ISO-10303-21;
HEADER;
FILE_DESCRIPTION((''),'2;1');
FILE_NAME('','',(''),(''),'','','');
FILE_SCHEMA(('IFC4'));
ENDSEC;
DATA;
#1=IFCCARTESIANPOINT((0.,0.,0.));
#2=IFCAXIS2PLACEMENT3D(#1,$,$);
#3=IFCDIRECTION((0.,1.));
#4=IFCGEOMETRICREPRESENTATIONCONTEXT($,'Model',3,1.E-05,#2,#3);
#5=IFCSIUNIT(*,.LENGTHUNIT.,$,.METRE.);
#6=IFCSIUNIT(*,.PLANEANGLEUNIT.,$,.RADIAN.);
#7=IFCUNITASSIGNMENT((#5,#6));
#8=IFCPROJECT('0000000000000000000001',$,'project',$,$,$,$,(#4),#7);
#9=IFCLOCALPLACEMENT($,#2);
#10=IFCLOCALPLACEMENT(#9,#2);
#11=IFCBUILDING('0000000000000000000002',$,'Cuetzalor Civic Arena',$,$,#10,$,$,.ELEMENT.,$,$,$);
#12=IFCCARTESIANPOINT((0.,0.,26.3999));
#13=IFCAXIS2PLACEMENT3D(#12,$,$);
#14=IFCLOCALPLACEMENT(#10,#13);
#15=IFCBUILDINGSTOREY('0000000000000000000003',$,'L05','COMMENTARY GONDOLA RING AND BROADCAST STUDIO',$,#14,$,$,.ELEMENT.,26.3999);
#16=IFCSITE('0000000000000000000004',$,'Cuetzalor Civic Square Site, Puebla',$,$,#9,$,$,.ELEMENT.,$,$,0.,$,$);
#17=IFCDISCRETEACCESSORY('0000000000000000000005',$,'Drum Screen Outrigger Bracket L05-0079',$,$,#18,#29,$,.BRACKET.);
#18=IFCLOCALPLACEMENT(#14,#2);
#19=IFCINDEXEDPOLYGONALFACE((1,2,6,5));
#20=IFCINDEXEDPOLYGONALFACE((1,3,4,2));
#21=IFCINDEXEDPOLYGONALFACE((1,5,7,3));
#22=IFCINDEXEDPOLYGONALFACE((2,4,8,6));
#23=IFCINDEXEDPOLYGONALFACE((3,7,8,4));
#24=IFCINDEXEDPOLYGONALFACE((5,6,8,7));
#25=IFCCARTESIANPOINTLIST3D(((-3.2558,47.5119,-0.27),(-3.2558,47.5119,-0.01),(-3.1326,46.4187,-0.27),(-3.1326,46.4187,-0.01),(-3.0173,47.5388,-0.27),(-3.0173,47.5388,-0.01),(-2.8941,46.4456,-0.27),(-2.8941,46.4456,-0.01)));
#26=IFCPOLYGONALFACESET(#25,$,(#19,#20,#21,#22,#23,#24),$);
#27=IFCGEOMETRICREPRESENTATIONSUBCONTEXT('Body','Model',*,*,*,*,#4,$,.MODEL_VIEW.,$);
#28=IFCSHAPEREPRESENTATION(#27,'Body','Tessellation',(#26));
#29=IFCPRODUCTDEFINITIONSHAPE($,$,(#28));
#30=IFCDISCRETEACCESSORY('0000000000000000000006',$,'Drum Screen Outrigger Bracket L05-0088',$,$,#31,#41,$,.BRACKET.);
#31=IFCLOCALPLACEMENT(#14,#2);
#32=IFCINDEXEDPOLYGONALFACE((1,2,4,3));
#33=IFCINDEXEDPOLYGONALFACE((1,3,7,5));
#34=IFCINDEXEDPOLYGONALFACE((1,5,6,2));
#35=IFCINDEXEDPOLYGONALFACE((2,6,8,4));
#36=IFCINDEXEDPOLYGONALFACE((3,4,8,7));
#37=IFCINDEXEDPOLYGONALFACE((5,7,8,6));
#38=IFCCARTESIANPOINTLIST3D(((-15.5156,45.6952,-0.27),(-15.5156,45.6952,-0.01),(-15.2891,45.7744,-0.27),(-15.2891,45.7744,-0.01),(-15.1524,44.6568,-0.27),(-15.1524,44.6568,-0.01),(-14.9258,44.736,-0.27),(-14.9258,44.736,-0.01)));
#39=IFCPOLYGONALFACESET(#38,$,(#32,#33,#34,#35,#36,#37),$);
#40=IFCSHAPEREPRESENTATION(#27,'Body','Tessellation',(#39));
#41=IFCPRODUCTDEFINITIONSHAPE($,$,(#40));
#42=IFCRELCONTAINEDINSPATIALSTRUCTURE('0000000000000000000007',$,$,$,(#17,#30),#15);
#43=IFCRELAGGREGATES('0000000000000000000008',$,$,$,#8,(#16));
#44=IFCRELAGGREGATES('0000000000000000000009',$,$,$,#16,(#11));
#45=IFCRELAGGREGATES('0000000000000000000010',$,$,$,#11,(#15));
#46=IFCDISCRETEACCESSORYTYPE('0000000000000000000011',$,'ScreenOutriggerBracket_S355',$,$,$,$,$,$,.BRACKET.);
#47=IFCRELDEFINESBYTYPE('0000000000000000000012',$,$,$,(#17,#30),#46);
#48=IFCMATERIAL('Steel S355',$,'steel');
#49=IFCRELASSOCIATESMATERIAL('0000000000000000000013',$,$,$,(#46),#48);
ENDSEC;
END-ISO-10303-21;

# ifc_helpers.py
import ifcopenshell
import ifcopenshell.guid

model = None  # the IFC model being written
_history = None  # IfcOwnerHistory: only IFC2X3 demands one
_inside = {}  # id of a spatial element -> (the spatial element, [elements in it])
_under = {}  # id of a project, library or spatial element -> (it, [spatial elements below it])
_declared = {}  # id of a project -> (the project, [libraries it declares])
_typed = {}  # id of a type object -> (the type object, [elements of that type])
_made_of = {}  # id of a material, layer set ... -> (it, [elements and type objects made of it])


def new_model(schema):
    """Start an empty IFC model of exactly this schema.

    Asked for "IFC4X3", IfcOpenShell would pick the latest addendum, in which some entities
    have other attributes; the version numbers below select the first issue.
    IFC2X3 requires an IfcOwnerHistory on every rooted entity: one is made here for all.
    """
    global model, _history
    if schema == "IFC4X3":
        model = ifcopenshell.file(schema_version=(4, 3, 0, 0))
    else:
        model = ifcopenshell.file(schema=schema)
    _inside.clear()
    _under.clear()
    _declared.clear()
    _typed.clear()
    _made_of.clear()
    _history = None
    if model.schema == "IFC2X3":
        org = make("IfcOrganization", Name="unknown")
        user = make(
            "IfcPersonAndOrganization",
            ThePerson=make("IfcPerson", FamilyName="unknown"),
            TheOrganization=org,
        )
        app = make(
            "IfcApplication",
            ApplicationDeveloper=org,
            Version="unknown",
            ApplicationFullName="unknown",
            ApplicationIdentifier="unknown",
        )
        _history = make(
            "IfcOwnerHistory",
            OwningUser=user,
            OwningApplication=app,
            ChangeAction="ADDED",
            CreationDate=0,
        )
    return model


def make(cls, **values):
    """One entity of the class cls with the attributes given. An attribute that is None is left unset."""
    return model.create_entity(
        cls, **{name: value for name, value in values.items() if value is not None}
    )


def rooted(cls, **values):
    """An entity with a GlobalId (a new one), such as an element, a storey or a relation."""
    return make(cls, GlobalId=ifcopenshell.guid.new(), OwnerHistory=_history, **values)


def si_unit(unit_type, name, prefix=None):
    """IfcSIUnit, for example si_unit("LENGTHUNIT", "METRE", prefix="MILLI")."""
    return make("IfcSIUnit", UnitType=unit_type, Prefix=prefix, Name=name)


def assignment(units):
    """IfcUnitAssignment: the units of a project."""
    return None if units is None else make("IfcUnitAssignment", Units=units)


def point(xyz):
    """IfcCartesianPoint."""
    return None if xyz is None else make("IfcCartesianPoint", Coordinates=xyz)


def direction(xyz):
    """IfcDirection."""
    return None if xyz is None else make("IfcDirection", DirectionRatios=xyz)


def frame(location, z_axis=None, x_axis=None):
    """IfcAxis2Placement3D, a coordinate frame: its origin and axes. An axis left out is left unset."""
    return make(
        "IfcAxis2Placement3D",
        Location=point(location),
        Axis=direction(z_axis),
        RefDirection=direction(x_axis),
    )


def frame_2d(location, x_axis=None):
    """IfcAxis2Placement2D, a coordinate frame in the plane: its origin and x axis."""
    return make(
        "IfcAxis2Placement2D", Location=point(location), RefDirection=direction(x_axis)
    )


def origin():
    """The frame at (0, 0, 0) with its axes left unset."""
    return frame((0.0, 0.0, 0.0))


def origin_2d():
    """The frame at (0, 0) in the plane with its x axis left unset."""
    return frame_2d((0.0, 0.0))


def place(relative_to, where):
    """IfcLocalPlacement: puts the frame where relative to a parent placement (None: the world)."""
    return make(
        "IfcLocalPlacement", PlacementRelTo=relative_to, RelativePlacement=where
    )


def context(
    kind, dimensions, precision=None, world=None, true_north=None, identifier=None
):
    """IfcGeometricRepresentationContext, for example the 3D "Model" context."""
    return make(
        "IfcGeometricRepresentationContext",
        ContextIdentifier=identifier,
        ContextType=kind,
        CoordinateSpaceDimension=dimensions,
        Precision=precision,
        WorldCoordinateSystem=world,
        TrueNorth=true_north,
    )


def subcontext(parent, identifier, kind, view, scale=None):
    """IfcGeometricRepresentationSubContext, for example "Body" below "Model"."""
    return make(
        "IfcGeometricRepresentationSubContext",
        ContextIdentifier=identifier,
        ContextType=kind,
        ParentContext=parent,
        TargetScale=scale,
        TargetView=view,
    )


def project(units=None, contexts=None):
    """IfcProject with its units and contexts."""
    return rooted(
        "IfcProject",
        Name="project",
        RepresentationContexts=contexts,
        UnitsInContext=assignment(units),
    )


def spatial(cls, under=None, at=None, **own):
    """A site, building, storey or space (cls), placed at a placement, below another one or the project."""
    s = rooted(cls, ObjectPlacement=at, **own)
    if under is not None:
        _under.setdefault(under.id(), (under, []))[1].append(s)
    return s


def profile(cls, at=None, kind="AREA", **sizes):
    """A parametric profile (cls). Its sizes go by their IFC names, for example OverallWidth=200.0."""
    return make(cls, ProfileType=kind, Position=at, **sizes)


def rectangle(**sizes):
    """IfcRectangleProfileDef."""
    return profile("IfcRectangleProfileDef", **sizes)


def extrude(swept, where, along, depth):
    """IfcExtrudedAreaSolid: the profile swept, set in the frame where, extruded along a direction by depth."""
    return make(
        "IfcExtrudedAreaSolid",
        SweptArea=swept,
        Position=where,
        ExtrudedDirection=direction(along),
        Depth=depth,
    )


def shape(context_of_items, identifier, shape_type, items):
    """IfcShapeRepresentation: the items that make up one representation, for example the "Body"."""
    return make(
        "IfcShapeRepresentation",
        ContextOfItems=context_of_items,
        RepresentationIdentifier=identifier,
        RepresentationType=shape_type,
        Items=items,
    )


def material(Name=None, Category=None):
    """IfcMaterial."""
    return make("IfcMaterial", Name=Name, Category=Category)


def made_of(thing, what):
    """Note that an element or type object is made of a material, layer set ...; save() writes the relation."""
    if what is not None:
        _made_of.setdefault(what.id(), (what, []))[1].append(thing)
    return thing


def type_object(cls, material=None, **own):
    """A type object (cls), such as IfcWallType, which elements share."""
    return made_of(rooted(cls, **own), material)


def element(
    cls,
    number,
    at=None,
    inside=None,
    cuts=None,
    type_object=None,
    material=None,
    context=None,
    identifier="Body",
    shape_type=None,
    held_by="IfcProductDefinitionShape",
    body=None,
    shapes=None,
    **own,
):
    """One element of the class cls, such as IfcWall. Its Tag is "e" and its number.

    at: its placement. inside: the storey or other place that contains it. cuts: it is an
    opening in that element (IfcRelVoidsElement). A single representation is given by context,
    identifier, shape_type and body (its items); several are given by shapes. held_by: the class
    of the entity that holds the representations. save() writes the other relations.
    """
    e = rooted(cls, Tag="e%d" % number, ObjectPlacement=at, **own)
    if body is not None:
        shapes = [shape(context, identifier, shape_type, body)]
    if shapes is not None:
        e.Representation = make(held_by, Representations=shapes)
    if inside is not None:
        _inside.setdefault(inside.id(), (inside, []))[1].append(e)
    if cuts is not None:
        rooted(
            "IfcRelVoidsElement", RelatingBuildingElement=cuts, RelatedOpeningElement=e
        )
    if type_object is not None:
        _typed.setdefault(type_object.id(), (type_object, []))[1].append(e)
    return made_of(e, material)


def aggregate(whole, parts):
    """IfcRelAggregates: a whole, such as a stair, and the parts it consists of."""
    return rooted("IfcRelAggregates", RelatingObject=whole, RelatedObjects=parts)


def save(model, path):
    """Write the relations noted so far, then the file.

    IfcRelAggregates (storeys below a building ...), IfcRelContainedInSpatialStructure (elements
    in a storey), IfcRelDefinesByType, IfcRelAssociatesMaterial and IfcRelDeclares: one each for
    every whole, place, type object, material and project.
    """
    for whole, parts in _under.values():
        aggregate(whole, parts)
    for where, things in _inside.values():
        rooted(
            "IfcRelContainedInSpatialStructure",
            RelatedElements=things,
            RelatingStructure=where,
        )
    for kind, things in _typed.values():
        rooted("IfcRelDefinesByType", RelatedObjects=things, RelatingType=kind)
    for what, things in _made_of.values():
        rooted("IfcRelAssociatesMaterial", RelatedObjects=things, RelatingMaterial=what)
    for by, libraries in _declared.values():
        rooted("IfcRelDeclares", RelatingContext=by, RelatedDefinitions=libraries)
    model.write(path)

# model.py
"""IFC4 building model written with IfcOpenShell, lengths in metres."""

from ifc_helpers import new_model, si_unit, direction, frame, origin, origin_2d, place, context, subcontext, project, spatial, rectangle, extrude, material, type_object, element, save


model = new_model("IFC4")

# Units and contexts
model_context = context("Model", 3, precision=1e-05, world=origin(), true_north=direction((0.0, 1.0)))
body_context = subcontext(model_context, "Body", "Model", "MODEL_VIEW")
ifc_project = project(units=[si_unit("LENGTHUNIT", "METRE"), si_unit("PLANEANGLEUNIT", "RADIAN")], contexts=[model_context])

# Site, building, storey
site_placement = place(None, origin())
site = spatial("IfcSite", under=ifc_project, at=site_placement, Name="Cuetzalor Civic Square Site, Puebla", CompositionType="ELEMENT", RefElevation=0.0)
building_placement = place(site_placement, origin())
building = spatial("IfcBuilding", under=site, at=building_placement, Name="Cuetzalor Civic Arena", CompositionType="ELEMENT")
storey_placement = place(building_placement, frame((0.0, 0.0, 26.3999)))
storey = spatial("IfcBuildingStorey", under=building, at=storey_placement, Name="L05", Description="COMMENTARY GONDOLA RING AND BROADCAST STUDIO", CompositionType="ELEMENT", Elevation=26.3999)

# Discrete accessories
ifc_material_1 = material(Name="Steel S355", Category="steel")
discrete_accessory_type = type_object("IfcDiscreteAccessoryType", Name="ScreenOutriggerBracket_S355", PredefinedType="BRACKET", material=ifc_material_1)
for number, where, z_axis, x_axis, name in (
    (1, (-3.075, 46.9788, -0.27), (0.0, 0.0, 1.0), (-0.111989, 0.993709, 0.0), "Drum Screen Outrigger Bracket L05-0079"),
    (2, (-15.2207, 45.2156, -0.27), (0.0, 0.0, 1.0), (-0.330185, 0.943916, 0.0), "Drum Screen Outrigger Bracket L05-0088"),
):
    element("IfcDiscreteAccessory", number, at=place(storey_placement, frame(where, z_axis=z_axis, x_axis=x_axis)), inside=storey, type_object=discrete_accessory_type, Name=name, PredefinedType="BRACKET", context=body_context, shape_type="SweptSolid", body=[
        extrude(rectangle(XDim=1.1001, YDim=0.24, at=origin_2d()), origin(), (0.0, 0.0, 1.0), 0.26),
    ])

save(model, "model.ifc")
